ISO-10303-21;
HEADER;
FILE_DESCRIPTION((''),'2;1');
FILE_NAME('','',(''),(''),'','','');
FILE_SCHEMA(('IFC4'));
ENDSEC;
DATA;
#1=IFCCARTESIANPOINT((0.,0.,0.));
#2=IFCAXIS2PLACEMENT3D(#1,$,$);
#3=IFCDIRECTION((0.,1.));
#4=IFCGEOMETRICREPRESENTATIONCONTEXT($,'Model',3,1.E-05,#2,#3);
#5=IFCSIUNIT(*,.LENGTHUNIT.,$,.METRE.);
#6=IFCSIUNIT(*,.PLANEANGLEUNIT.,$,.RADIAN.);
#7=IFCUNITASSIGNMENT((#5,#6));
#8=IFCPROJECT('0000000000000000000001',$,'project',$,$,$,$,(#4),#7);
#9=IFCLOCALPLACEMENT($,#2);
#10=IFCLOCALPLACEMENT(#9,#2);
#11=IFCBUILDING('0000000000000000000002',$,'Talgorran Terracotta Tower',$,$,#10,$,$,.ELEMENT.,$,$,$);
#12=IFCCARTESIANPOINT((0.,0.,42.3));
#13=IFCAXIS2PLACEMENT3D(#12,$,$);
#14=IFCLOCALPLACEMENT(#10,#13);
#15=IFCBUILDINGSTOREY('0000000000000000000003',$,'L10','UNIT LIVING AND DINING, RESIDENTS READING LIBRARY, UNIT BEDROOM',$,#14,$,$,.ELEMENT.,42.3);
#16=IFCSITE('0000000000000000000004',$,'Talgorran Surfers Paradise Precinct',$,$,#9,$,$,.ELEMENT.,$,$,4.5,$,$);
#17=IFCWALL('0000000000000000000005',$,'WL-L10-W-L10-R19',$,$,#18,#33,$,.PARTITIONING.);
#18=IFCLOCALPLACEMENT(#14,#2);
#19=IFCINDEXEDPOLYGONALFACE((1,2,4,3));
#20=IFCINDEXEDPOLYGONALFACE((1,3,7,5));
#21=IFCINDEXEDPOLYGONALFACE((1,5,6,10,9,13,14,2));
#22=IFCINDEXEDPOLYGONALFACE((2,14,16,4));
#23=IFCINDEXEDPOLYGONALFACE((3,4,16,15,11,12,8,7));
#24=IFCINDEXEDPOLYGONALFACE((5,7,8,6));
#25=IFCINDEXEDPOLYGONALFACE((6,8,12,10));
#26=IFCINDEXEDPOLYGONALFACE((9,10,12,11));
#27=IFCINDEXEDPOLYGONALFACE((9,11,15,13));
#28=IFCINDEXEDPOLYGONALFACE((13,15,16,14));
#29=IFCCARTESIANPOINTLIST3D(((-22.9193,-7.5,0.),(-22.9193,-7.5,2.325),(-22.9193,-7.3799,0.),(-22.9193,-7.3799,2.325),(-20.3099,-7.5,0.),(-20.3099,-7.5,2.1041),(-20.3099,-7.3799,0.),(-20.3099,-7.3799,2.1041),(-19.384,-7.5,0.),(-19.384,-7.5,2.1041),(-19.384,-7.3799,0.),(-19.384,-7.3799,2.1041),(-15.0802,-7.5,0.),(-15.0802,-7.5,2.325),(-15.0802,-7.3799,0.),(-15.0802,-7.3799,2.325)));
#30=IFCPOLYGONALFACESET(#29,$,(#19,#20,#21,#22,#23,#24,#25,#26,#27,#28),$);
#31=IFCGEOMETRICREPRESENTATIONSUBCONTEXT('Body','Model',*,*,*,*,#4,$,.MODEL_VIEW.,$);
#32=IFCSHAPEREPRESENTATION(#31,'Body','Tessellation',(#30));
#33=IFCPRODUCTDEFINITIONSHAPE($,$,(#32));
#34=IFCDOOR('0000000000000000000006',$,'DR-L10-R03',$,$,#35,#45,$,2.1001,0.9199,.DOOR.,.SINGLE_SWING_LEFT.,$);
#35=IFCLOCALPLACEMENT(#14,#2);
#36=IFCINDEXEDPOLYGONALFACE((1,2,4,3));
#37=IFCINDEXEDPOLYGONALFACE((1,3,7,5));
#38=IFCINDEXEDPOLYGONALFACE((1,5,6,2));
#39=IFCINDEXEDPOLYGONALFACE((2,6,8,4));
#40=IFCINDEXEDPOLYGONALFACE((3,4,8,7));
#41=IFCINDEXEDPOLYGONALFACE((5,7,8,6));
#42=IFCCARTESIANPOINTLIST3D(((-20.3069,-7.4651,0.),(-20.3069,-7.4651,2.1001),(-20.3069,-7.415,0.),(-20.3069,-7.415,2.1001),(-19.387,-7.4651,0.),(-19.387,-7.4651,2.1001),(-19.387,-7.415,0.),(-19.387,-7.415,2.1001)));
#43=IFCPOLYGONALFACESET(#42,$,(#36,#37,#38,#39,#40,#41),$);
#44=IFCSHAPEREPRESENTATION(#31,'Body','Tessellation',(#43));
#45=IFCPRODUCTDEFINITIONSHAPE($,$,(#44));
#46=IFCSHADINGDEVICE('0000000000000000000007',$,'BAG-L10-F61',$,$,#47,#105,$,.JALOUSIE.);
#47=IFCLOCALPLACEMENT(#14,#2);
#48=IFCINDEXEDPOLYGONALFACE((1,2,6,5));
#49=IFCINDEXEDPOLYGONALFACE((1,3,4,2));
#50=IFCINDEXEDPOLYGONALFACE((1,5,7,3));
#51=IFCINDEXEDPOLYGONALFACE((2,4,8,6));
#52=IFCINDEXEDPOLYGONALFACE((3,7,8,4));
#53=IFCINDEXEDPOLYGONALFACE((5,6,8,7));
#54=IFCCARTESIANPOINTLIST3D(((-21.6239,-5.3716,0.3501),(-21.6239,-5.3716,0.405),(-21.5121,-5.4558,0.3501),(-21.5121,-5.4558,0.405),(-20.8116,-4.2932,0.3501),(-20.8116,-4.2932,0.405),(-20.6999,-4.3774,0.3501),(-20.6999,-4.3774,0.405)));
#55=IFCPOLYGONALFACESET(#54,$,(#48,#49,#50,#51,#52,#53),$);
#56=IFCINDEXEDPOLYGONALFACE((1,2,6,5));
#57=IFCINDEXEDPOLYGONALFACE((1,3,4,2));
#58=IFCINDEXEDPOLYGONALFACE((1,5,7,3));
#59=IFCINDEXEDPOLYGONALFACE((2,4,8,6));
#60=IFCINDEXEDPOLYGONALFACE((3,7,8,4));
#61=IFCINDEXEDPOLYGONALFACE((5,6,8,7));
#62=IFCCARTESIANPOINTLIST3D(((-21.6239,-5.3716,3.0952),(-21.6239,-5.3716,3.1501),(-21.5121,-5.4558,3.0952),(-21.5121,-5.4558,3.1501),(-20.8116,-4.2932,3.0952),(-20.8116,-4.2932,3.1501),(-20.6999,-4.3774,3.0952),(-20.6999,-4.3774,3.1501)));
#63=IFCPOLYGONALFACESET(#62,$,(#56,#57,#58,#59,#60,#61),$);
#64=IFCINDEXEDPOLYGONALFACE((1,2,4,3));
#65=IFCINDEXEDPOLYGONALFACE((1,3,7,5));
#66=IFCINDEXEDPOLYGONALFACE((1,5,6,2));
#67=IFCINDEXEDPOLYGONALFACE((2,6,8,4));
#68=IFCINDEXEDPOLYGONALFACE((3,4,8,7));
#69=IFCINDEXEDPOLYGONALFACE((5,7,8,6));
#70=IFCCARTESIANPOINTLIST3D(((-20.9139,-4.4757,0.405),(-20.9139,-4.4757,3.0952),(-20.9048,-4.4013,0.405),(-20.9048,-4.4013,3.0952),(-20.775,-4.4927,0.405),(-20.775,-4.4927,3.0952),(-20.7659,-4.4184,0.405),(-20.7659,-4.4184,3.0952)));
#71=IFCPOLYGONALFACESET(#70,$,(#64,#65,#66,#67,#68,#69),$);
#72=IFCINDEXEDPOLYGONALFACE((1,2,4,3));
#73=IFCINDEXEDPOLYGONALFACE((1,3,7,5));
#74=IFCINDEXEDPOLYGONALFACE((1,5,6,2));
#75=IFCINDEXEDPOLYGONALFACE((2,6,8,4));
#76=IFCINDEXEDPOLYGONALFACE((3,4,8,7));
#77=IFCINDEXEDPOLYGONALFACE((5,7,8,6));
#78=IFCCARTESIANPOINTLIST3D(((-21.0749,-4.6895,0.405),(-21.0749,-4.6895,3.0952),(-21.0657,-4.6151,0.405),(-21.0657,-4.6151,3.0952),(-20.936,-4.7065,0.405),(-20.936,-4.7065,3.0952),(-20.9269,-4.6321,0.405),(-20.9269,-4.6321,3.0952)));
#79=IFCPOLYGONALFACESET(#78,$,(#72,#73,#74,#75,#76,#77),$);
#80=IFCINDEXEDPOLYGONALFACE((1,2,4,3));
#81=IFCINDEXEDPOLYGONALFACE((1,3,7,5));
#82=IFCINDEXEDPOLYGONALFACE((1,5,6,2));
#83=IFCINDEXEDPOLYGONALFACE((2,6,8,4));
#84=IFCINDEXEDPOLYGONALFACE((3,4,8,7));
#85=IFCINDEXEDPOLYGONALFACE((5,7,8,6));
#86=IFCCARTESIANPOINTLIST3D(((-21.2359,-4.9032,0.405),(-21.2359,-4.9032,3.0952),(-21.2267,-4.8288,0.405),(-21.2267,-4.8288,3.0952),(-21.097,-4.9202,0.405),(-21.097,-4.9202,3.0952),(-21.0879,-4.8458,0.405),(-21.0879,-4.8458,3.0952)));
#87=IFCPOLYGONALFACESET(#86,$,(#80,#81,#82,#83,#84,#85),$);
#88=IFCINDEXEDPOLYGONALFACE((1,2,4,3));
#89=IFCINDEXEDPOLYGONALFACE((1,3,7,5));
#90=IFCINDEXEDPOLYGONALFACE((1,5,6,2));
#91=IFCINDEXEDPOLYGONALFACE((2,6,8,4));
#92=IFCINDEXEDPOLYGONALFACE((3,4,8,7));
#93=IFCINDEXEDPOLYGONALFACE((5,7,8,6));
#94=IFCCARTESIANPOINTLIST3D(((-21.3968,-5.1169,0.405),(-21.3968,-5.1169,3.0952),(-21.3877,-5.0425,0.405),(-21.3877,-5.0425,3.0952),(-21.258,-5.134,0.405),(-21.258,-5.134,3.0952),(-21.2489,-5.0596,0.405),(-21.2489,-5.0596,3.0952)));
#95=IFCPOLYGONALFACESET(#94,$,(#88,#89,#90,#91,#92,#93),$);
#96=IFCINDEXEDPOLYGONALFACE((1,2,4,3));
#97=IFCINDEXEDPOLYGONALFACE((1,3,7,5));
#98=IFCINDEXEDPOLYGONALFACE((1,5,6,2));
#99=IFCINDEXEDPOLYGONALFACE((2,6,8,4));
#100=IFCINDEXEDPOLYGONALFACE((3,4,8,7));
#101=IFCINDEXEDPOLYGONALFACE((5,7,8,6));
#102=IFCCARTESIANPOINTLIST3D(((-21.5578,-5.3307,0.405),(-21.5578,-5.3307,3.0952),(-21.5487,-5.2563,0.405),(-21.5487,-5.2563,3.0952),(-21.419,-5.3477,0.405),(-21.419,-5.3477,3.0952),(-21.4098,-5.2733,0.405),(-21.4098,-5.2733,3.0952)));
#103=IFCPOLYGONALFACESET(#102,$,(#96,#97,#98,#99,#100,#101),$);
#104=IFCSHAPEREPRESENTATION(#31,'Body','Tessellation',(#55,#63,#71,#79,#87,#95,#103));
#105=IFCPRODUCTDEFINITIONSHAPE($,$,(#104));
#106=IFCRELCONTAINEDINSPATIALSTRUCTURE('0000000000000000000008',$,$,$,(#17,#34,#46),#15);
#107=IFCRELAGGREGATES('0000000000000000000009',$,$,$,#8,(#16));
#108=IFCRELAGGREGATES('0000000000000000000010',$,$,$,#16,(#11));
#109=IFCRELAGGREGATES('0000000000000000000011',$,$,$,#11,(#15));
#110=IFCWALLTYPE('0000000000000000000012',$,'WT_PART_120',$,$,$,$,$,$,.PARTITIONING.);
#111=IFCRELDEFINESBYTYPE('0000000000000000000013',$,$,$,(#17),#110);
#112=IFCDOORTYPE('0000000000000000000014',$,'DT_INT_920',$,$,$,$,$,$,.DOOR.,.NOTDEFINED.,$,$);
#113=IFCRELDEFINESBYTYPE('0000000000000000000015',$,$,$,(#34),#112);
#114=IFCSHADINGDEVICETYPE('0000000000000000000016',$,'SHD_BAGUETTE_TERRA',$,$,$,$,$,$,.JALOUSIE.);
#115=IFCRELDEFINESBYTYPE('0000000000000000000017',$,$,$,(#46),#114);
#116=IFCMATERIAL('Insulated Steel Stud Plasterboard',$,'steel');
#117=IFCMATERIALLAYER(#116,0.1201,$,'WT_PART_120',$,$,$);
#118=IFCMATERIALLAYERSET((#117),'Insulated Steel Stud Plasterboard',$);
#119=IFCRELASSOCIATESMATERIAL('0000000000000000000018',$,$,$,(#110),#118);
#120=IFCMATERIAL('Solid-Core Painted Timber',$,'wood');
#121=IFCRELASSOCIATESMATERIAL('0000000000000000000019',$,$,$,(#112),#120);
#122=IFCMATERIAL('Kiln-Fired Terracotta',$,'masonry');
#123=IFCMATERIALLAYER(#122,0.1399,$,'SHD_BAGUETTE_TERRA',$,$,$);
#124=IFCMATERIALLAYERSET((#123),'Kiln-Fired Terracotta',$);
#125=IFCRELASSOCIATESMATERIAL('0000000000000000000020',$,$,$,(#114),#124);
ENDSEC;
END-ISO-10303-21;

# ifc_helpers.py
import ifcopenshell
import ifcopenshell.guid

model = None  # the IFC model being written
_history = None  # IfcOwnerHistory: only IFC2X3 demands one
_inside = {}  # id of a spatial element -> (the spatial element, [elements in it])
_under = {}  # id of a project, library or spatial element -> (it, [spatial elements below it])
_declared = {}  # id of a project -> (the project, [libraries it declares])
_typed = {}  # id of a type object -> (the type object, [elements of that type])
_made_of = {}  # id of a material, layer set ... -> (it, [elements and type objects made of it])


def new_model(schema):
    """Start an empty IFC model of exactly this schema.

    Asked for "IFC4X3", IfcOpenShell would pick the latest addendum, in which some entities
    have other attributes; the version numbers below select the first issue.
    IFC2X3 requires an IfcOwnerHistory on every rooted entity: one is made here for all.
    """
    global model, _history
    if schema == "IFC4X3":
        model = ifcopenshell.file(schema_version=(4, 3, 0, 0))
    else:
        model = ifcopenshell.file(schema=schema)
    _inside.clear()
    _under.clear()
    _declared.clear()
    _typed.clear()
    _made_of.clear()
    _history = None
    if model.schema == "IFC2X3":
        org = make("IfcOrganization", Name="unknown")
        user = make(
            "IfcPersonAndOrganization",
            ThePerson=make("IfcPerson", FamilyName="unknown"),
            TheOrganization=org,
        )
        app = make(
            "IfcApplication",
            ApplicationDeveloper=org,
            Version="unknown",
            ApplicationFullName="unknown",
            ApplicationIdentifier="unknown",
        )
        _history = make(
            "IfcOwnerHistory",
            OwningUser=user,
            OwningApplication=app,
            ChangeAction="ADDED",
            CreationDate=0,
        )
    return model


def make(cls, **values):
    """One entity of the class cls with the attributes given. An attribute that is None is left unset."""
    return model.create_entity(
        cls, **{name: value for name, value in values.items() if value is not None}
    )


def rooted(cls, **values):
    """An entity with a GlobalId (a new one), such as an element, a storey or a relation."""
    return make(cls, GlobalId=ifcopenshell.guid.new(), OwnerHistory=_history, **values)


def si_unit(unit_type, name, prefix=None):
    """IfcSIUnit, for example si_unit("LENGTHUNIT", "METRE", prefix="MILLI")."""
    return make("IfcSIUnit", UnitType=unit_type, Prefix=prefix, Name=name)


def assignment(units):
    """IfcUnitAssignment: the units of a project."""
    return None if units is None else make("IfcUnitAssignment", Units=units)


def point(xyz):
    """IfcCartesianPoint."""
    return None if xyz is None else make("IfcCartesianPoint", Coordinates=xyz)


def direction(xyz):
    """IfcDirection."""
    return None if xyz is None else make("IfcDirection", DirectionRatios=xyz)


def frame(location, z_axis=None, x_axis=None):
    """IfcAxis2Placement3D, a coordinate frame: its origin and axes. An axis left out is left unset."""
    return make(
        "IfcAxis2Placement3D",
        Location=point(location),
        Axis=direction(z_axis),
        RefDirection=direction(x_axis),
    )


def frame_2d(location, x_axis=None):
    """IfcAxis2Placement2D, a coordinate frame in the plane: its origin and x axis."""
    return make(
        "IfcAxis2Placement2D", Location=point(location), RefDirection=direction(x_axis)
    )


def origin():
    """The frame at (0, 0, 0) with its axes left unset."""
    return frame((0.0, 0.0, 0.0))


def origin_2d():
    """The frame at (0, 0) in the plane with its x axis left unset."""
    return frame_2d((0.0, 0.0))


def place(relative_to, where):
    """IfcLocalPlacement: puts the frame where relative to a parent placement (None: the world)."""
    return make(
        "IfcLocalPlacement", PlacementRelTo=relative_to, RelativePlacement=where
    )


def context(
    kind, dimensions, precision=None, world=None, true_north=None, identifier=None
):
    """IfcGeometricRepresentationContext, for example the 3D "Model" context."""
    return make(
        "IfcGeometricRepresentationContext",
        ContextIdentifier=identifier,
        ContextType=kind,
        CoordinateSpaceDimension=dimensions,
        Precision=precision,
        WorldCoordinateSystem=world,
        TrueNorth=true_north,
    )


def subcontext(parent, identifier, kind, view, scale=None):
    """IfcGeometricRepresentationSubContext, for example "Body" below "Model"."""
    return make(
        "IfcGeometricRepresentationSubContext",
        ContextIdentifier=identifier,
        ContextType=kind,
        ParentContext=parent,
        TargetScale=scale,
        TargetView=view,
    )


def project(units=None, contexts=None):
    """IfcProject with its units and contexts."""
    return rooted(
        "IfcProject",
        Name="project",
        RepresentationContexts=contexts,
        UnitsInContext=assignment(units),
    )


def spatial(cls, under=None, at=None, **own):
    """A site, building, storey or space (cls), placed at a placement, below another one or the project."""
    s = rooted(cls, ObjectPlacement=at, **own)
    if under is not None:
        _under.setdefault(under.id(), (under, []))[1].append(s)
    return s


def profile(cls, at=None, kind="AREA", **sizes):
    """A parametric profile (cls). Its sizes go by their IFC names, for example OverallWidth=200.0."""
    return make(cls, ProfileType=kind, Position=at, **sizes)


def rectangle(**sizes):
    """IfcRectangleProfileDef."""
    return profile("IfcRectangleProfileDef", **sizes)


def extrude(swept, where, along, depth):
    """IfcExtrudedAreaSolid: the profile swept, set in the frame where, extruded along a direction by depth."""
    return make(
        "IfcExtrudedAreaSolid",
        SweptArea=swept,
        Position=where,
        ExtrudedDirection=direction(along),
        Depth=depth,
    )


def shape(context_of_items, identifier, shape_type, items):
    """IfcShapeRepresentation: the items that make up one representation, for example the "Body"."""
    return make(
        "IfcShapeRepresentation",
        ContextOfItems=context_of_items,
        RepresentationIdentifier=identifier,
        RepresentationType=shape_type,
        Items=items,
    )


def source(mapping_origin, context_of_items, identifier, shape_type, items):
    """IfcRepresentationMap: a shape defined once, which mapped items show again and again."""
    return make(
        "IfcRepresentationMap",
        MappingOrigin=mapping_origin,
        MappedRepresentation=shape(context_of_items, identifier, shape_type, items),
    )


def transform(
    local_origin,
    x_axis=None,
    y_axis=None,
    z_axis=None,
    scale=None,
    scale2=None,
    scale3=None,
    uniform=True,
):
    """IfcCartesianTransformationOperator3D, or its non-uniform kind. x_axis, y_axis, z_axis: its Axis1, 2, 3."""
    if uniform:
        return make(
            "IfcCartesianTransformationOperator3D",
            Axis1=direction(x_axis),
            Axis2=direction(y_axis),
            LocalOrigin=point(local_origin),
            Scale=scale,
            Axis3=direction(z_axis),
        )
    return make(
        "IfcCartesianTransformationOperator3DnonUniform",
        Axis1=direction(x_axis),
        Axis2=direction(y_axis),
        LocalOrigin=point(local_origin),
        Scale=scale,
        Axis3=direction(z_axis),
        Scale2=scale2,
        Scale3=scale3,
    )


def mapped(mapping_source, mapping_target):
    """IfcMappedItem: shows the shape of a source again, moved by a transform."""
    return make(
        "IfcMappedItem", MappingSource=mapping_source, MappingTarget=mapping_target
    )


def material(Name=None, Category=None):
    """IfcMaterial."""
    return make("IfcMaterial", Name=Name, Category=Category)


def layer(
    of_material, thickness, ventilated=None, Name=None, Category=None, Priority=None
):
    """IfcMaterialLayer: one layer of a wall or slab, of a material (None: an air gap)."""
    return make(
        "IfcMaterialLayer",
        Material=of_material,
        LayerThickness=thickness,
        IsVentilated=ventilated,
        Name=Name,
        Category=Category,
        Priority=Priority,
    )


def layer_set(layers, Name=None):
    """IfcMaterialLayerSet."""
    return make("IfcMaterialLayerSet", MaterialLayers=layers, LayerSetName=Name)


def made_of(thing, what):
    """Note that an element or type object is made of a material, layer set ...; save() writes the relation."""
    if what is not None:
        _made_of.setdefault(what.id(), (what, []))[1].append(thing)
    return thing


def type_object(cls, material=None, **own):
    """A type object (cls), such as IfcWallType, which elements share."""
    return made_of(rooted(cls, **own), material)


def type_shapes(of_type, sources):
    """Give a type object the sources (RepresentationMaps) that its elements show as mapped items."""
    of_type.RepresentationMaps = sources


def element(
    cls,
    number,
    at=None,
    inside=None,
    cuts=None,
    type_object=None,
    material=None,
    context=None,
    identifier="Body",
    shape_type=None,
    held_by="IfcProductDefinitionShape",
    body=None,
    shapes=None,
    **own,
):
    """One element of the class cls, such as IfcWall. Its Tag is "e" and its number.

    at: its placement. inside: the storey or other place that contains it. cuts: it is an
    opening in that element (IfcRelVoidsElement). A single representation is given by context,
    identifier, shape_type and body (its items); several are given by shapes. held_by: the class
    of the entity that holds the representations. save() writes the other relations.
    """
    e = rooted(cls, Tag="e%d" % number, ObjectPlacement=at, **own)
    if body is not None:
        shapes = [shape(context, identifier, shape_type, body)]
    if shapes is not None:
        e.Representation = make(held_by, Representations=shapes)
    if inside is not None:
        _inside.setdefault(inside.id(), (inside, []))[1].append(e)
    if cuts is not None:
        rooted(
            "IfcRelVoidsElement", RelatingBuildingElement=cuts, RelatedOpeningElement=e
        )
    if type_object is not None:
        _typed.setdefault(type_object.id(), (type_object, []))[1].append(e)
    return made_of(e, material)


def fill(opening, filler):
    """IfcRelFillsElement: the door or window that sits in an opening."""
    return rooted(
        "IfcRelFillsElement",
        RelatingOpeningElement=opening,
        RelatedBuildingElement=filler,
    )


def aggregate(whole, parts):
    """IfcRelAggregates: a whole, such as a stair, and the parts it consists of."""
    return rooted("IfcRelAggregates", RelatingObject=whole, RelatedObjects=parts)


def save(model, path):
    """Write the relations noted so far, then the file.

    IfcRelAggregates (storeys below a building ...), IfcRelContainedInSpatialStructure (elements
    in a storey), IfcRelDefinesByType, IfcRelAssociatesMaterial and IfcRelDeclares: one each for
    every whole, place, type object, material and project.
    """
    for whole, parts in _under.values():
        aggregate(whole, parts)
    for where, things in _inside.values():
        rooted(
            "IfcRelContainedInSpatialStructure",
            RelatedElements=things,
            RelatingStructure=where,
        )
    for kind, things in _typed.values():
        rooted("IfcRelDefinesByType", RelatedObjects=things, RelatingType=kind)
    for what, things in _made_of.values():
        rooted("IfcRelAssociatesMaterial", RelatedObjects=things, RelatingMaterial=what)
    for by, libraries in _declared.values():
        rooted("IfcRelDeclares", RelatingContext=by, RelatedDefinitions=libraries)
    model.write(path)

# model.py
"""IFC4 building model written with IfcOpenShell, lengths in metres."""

from ifc_helpers import new_model, si_unit, direction, frame, frame_2d, origin, origin_2d, place, context, subcontext, project, spatial, rectangle, extrude, source, transform, mapped, material, layer, layer_set, type_object, type_shapes, element, fill, save


model = new_model("IFC4")

# Units and contexts
model_context = context("Model", 3, precision=1e-05, world=origin(), true_north=direction((0.0, 1.0)))
body_context = subcontext(model_context, "Body", "Model", "MODEL_VIEW")
ifc_project = project(units=[si_unit("LENGTHUNIT", "METRE"), si_unit("PLANEANGLEUNIT", "RADIAN")], contexts=[model_context])

# Site, building, storey
site_placement = place(None, origin())
site = spatial("IfcSite", under=ifc_project, at=site_placement, Name="Talgorran Surfers Paradise Precinct", CompositionType="ELEMENT", RefElevation=4.5)
building_placement = place(site_placement, origin())
building = spatial("IfcBuilding", under=site, at=building_placement, Name="Talgorran Terracotta Tower", CompositionType="ELEMENT")
storey_placement = place(building_placement, frame((0.0, 0.0, 42.3)))
storey = spatial("IfcBuildingStorey", under=building, at=storey_placement, Name="L10", Description="UNIT LIVING AND DINING, RESIDENTS READING LIBRARY, UNIT BEDROOM", CompositionType="ELEMENT", Elevation=42.3)

# Wall, opening, door
ifc_material_1 = material(Name="Insulated Steel Stud Plasterboard", Category="steel")
ifc_layer_1 = layer(ifc_material_1, 0.1201, Name="WT_PART_120")
ifc_layer_set_1 = layer_set([ifc_layer_1], Name="Insulated Steel Stud Plasterboard")
wall_type_1 = type_object("IfcWallType", Name="WT_PART_120", PredefinedType="PARTITIONING", material=ifc_layer_set_1)
wall_1_placement = place(storey_placement, frame((-22.9192, -7.4399, 0.0), z_axis=(0.0, 0.0, 1.0), x_axis=(1.0, 0.0, 0.0)))
wall_1 = element("IfcWall", 1, at=wall_1_placement, inside=storey, type_object=wall_type_1, Name="WL-L10-W-L10-R19", PredefinedType="PARTITIONING", context=body_context, shape_type="SweptSolid", body=[
    extrude(rectangle(XDim=7.8391, YDim=0.1201, at=frame_2d((3.9194, 0.0))), origin(), (0.0, 0.0, 1.0), 2.325),
])
opening_placement = place(wall_1_placement, frame((2.6123, 0.0, 0.0)))
opening = element("IfcOpeningElement", 2, at=opening_placement, cuts=wall_1, PredefinedType="OPENING", context=body_context, shape_type="SweptSolid", body=[
    extrude(rectangle(XDim=0.9259, YDim=2.1041, at=frame_2d((0.46, 1.052))), frame((0.0, 0.0701, 0.0), z_axis=(0.0, -1.0, 0.0), x_axis=(1.0, 0.0, 0.0)), (0.0, 0.0, 1.0), 0.1401),
])
ifc_material_2 = material(Name="Solid-Core Painted Timber", Category="wood")
door_type = type_object("IfcDoorType", Name="DT_INT_920", OperationType="NOTDEFINED", PredefinedType="DOOR", material=ifc_material_2)
door_placement = place(opening_placement, origin())
door = element("IfcDoor", 3, at=door_placement, inside=storey, type_object=door_type, Name="DR-L10-R03", OperationType="SINGLE_SWING_LEFT", OverallHeight=2.1001, OverallWidth=0.9199, PredefinedType="DOOR", context=body_context, shape_type="SweptSolid", body=[
    extrude(rectangle(XDim=0.9199, YDim=2.1001, at=frame_2d((0.46, 1.05))), frame((0.0, 0.0249, 0.0), z_axis=(0.0, -1.0, 0.0), x_axis=(1.0, 0.0, 0.0)), (0.0, 0.0, 1.0), 0.05),
])
fill(opening, door)

# Shading device
ifc_material_3 = material(Name="Kiln-Fired Terracotta", Category="masonry")
ifc_layer_2 = layer(ifc_material_3, 0.1399, Name="SHD_BAGUETTE_TERRA")
ifc_layer_set_2 = layer_set([ifc_layer_2], Name="Kiln-Fired Terracotta")
shading_device_type = type_object("IfcShadingDeviceType", Name="SHD_BAGUETTE_TERRA", PredefinedType="JALOUSIE", material=ifc_layer_set_2)
shared_shape_1 = source(origin(), body_context, "Body", "SweptSolid", [
    extrude(rectangle(XDim=1.3501, YDim=0.1399, at=origin_2d()), origin(), (0.0, 0.0, 1.0), 0.0549),
    extrude(rectangle(XDim=1.3501, YDim=0.1399, at=origin_2d()), frame((0.0, 0.0, 2.7451)), (0.0, 0.0, 1.0), 0.0549),
    extrude(rectangle(XDim=0.075, YDim=0.1399, at=origin_2d()), frame((-0.5352, 0.0, 0.0549), z_axis=(0.0, 0.0, 1.0), x_axis=(0.866025, 0.5, 0.0)), (0.0, 0.0, 1.0), 2.6902),
    extrude(rectangle(XDim=0.075, YDim=0.1399, at=origin_2d()), frame((-0.2676, 0.0, 0.0549), z_axis=(0.0, 0.0, 1.0), x_axis=(0.866025, 0.5, 0.0)), (0.0, 0.0, 1.0), 2.6902),
    extrude(rectangle(XDim=0.075, YDim=0.1399, at=origin_2d()), frame((0.0, 0.0, 0.0549), z_axis=(0.0, 0.0, 1.0), x_axis=(0.866025, 0.5, 0.0)), (0.0, 0.0, 1.0), 2.6902),
    extrude(rectangle(XDim=0.075, YDim=0.1399, at=origin_2d()), frame((0.2676, 0.0, 0.0549), z_axis=(0.0, 0.0, 1.0), x_axis=(0.866025, 0.5, 0.0)), (0.0, 0.0, 1.0), 2.6902),
    extrude(rectangle(XDim=0.075, YDim=0.1399, at=origin_2d()), frame((0.5352, 0.0, 0.0549), z_axis=(0.0, 0.0, 1.0), x_axis=(0.866025, 0.5, 0.0)), (0.0, 0.0, 1.0), 2.6902),
])
type_shapes(shading_device_type, [shared_shape_1])
shading_device_placement = place(storey_placement, frame((-21.1619, -4.8745, 0.3501), z_axis=(0.0, 0.0, 1.0), x_axis=(-0.601634, -0.798772, 0.0)))
element("IfcShadingDevice", 4, at=shading_device_placement, inside=storey, type_object=shading_device_type, Name="BAG-L10-F61", PredefinedType="JALOUSIE", context=body_context, shape_type="MappedRepresentation", body=[
    mapped(shared_shape_1, transform((0.0, 0.0, 0.0), scale=1.0)),
])

save(model, "model.ifc")
